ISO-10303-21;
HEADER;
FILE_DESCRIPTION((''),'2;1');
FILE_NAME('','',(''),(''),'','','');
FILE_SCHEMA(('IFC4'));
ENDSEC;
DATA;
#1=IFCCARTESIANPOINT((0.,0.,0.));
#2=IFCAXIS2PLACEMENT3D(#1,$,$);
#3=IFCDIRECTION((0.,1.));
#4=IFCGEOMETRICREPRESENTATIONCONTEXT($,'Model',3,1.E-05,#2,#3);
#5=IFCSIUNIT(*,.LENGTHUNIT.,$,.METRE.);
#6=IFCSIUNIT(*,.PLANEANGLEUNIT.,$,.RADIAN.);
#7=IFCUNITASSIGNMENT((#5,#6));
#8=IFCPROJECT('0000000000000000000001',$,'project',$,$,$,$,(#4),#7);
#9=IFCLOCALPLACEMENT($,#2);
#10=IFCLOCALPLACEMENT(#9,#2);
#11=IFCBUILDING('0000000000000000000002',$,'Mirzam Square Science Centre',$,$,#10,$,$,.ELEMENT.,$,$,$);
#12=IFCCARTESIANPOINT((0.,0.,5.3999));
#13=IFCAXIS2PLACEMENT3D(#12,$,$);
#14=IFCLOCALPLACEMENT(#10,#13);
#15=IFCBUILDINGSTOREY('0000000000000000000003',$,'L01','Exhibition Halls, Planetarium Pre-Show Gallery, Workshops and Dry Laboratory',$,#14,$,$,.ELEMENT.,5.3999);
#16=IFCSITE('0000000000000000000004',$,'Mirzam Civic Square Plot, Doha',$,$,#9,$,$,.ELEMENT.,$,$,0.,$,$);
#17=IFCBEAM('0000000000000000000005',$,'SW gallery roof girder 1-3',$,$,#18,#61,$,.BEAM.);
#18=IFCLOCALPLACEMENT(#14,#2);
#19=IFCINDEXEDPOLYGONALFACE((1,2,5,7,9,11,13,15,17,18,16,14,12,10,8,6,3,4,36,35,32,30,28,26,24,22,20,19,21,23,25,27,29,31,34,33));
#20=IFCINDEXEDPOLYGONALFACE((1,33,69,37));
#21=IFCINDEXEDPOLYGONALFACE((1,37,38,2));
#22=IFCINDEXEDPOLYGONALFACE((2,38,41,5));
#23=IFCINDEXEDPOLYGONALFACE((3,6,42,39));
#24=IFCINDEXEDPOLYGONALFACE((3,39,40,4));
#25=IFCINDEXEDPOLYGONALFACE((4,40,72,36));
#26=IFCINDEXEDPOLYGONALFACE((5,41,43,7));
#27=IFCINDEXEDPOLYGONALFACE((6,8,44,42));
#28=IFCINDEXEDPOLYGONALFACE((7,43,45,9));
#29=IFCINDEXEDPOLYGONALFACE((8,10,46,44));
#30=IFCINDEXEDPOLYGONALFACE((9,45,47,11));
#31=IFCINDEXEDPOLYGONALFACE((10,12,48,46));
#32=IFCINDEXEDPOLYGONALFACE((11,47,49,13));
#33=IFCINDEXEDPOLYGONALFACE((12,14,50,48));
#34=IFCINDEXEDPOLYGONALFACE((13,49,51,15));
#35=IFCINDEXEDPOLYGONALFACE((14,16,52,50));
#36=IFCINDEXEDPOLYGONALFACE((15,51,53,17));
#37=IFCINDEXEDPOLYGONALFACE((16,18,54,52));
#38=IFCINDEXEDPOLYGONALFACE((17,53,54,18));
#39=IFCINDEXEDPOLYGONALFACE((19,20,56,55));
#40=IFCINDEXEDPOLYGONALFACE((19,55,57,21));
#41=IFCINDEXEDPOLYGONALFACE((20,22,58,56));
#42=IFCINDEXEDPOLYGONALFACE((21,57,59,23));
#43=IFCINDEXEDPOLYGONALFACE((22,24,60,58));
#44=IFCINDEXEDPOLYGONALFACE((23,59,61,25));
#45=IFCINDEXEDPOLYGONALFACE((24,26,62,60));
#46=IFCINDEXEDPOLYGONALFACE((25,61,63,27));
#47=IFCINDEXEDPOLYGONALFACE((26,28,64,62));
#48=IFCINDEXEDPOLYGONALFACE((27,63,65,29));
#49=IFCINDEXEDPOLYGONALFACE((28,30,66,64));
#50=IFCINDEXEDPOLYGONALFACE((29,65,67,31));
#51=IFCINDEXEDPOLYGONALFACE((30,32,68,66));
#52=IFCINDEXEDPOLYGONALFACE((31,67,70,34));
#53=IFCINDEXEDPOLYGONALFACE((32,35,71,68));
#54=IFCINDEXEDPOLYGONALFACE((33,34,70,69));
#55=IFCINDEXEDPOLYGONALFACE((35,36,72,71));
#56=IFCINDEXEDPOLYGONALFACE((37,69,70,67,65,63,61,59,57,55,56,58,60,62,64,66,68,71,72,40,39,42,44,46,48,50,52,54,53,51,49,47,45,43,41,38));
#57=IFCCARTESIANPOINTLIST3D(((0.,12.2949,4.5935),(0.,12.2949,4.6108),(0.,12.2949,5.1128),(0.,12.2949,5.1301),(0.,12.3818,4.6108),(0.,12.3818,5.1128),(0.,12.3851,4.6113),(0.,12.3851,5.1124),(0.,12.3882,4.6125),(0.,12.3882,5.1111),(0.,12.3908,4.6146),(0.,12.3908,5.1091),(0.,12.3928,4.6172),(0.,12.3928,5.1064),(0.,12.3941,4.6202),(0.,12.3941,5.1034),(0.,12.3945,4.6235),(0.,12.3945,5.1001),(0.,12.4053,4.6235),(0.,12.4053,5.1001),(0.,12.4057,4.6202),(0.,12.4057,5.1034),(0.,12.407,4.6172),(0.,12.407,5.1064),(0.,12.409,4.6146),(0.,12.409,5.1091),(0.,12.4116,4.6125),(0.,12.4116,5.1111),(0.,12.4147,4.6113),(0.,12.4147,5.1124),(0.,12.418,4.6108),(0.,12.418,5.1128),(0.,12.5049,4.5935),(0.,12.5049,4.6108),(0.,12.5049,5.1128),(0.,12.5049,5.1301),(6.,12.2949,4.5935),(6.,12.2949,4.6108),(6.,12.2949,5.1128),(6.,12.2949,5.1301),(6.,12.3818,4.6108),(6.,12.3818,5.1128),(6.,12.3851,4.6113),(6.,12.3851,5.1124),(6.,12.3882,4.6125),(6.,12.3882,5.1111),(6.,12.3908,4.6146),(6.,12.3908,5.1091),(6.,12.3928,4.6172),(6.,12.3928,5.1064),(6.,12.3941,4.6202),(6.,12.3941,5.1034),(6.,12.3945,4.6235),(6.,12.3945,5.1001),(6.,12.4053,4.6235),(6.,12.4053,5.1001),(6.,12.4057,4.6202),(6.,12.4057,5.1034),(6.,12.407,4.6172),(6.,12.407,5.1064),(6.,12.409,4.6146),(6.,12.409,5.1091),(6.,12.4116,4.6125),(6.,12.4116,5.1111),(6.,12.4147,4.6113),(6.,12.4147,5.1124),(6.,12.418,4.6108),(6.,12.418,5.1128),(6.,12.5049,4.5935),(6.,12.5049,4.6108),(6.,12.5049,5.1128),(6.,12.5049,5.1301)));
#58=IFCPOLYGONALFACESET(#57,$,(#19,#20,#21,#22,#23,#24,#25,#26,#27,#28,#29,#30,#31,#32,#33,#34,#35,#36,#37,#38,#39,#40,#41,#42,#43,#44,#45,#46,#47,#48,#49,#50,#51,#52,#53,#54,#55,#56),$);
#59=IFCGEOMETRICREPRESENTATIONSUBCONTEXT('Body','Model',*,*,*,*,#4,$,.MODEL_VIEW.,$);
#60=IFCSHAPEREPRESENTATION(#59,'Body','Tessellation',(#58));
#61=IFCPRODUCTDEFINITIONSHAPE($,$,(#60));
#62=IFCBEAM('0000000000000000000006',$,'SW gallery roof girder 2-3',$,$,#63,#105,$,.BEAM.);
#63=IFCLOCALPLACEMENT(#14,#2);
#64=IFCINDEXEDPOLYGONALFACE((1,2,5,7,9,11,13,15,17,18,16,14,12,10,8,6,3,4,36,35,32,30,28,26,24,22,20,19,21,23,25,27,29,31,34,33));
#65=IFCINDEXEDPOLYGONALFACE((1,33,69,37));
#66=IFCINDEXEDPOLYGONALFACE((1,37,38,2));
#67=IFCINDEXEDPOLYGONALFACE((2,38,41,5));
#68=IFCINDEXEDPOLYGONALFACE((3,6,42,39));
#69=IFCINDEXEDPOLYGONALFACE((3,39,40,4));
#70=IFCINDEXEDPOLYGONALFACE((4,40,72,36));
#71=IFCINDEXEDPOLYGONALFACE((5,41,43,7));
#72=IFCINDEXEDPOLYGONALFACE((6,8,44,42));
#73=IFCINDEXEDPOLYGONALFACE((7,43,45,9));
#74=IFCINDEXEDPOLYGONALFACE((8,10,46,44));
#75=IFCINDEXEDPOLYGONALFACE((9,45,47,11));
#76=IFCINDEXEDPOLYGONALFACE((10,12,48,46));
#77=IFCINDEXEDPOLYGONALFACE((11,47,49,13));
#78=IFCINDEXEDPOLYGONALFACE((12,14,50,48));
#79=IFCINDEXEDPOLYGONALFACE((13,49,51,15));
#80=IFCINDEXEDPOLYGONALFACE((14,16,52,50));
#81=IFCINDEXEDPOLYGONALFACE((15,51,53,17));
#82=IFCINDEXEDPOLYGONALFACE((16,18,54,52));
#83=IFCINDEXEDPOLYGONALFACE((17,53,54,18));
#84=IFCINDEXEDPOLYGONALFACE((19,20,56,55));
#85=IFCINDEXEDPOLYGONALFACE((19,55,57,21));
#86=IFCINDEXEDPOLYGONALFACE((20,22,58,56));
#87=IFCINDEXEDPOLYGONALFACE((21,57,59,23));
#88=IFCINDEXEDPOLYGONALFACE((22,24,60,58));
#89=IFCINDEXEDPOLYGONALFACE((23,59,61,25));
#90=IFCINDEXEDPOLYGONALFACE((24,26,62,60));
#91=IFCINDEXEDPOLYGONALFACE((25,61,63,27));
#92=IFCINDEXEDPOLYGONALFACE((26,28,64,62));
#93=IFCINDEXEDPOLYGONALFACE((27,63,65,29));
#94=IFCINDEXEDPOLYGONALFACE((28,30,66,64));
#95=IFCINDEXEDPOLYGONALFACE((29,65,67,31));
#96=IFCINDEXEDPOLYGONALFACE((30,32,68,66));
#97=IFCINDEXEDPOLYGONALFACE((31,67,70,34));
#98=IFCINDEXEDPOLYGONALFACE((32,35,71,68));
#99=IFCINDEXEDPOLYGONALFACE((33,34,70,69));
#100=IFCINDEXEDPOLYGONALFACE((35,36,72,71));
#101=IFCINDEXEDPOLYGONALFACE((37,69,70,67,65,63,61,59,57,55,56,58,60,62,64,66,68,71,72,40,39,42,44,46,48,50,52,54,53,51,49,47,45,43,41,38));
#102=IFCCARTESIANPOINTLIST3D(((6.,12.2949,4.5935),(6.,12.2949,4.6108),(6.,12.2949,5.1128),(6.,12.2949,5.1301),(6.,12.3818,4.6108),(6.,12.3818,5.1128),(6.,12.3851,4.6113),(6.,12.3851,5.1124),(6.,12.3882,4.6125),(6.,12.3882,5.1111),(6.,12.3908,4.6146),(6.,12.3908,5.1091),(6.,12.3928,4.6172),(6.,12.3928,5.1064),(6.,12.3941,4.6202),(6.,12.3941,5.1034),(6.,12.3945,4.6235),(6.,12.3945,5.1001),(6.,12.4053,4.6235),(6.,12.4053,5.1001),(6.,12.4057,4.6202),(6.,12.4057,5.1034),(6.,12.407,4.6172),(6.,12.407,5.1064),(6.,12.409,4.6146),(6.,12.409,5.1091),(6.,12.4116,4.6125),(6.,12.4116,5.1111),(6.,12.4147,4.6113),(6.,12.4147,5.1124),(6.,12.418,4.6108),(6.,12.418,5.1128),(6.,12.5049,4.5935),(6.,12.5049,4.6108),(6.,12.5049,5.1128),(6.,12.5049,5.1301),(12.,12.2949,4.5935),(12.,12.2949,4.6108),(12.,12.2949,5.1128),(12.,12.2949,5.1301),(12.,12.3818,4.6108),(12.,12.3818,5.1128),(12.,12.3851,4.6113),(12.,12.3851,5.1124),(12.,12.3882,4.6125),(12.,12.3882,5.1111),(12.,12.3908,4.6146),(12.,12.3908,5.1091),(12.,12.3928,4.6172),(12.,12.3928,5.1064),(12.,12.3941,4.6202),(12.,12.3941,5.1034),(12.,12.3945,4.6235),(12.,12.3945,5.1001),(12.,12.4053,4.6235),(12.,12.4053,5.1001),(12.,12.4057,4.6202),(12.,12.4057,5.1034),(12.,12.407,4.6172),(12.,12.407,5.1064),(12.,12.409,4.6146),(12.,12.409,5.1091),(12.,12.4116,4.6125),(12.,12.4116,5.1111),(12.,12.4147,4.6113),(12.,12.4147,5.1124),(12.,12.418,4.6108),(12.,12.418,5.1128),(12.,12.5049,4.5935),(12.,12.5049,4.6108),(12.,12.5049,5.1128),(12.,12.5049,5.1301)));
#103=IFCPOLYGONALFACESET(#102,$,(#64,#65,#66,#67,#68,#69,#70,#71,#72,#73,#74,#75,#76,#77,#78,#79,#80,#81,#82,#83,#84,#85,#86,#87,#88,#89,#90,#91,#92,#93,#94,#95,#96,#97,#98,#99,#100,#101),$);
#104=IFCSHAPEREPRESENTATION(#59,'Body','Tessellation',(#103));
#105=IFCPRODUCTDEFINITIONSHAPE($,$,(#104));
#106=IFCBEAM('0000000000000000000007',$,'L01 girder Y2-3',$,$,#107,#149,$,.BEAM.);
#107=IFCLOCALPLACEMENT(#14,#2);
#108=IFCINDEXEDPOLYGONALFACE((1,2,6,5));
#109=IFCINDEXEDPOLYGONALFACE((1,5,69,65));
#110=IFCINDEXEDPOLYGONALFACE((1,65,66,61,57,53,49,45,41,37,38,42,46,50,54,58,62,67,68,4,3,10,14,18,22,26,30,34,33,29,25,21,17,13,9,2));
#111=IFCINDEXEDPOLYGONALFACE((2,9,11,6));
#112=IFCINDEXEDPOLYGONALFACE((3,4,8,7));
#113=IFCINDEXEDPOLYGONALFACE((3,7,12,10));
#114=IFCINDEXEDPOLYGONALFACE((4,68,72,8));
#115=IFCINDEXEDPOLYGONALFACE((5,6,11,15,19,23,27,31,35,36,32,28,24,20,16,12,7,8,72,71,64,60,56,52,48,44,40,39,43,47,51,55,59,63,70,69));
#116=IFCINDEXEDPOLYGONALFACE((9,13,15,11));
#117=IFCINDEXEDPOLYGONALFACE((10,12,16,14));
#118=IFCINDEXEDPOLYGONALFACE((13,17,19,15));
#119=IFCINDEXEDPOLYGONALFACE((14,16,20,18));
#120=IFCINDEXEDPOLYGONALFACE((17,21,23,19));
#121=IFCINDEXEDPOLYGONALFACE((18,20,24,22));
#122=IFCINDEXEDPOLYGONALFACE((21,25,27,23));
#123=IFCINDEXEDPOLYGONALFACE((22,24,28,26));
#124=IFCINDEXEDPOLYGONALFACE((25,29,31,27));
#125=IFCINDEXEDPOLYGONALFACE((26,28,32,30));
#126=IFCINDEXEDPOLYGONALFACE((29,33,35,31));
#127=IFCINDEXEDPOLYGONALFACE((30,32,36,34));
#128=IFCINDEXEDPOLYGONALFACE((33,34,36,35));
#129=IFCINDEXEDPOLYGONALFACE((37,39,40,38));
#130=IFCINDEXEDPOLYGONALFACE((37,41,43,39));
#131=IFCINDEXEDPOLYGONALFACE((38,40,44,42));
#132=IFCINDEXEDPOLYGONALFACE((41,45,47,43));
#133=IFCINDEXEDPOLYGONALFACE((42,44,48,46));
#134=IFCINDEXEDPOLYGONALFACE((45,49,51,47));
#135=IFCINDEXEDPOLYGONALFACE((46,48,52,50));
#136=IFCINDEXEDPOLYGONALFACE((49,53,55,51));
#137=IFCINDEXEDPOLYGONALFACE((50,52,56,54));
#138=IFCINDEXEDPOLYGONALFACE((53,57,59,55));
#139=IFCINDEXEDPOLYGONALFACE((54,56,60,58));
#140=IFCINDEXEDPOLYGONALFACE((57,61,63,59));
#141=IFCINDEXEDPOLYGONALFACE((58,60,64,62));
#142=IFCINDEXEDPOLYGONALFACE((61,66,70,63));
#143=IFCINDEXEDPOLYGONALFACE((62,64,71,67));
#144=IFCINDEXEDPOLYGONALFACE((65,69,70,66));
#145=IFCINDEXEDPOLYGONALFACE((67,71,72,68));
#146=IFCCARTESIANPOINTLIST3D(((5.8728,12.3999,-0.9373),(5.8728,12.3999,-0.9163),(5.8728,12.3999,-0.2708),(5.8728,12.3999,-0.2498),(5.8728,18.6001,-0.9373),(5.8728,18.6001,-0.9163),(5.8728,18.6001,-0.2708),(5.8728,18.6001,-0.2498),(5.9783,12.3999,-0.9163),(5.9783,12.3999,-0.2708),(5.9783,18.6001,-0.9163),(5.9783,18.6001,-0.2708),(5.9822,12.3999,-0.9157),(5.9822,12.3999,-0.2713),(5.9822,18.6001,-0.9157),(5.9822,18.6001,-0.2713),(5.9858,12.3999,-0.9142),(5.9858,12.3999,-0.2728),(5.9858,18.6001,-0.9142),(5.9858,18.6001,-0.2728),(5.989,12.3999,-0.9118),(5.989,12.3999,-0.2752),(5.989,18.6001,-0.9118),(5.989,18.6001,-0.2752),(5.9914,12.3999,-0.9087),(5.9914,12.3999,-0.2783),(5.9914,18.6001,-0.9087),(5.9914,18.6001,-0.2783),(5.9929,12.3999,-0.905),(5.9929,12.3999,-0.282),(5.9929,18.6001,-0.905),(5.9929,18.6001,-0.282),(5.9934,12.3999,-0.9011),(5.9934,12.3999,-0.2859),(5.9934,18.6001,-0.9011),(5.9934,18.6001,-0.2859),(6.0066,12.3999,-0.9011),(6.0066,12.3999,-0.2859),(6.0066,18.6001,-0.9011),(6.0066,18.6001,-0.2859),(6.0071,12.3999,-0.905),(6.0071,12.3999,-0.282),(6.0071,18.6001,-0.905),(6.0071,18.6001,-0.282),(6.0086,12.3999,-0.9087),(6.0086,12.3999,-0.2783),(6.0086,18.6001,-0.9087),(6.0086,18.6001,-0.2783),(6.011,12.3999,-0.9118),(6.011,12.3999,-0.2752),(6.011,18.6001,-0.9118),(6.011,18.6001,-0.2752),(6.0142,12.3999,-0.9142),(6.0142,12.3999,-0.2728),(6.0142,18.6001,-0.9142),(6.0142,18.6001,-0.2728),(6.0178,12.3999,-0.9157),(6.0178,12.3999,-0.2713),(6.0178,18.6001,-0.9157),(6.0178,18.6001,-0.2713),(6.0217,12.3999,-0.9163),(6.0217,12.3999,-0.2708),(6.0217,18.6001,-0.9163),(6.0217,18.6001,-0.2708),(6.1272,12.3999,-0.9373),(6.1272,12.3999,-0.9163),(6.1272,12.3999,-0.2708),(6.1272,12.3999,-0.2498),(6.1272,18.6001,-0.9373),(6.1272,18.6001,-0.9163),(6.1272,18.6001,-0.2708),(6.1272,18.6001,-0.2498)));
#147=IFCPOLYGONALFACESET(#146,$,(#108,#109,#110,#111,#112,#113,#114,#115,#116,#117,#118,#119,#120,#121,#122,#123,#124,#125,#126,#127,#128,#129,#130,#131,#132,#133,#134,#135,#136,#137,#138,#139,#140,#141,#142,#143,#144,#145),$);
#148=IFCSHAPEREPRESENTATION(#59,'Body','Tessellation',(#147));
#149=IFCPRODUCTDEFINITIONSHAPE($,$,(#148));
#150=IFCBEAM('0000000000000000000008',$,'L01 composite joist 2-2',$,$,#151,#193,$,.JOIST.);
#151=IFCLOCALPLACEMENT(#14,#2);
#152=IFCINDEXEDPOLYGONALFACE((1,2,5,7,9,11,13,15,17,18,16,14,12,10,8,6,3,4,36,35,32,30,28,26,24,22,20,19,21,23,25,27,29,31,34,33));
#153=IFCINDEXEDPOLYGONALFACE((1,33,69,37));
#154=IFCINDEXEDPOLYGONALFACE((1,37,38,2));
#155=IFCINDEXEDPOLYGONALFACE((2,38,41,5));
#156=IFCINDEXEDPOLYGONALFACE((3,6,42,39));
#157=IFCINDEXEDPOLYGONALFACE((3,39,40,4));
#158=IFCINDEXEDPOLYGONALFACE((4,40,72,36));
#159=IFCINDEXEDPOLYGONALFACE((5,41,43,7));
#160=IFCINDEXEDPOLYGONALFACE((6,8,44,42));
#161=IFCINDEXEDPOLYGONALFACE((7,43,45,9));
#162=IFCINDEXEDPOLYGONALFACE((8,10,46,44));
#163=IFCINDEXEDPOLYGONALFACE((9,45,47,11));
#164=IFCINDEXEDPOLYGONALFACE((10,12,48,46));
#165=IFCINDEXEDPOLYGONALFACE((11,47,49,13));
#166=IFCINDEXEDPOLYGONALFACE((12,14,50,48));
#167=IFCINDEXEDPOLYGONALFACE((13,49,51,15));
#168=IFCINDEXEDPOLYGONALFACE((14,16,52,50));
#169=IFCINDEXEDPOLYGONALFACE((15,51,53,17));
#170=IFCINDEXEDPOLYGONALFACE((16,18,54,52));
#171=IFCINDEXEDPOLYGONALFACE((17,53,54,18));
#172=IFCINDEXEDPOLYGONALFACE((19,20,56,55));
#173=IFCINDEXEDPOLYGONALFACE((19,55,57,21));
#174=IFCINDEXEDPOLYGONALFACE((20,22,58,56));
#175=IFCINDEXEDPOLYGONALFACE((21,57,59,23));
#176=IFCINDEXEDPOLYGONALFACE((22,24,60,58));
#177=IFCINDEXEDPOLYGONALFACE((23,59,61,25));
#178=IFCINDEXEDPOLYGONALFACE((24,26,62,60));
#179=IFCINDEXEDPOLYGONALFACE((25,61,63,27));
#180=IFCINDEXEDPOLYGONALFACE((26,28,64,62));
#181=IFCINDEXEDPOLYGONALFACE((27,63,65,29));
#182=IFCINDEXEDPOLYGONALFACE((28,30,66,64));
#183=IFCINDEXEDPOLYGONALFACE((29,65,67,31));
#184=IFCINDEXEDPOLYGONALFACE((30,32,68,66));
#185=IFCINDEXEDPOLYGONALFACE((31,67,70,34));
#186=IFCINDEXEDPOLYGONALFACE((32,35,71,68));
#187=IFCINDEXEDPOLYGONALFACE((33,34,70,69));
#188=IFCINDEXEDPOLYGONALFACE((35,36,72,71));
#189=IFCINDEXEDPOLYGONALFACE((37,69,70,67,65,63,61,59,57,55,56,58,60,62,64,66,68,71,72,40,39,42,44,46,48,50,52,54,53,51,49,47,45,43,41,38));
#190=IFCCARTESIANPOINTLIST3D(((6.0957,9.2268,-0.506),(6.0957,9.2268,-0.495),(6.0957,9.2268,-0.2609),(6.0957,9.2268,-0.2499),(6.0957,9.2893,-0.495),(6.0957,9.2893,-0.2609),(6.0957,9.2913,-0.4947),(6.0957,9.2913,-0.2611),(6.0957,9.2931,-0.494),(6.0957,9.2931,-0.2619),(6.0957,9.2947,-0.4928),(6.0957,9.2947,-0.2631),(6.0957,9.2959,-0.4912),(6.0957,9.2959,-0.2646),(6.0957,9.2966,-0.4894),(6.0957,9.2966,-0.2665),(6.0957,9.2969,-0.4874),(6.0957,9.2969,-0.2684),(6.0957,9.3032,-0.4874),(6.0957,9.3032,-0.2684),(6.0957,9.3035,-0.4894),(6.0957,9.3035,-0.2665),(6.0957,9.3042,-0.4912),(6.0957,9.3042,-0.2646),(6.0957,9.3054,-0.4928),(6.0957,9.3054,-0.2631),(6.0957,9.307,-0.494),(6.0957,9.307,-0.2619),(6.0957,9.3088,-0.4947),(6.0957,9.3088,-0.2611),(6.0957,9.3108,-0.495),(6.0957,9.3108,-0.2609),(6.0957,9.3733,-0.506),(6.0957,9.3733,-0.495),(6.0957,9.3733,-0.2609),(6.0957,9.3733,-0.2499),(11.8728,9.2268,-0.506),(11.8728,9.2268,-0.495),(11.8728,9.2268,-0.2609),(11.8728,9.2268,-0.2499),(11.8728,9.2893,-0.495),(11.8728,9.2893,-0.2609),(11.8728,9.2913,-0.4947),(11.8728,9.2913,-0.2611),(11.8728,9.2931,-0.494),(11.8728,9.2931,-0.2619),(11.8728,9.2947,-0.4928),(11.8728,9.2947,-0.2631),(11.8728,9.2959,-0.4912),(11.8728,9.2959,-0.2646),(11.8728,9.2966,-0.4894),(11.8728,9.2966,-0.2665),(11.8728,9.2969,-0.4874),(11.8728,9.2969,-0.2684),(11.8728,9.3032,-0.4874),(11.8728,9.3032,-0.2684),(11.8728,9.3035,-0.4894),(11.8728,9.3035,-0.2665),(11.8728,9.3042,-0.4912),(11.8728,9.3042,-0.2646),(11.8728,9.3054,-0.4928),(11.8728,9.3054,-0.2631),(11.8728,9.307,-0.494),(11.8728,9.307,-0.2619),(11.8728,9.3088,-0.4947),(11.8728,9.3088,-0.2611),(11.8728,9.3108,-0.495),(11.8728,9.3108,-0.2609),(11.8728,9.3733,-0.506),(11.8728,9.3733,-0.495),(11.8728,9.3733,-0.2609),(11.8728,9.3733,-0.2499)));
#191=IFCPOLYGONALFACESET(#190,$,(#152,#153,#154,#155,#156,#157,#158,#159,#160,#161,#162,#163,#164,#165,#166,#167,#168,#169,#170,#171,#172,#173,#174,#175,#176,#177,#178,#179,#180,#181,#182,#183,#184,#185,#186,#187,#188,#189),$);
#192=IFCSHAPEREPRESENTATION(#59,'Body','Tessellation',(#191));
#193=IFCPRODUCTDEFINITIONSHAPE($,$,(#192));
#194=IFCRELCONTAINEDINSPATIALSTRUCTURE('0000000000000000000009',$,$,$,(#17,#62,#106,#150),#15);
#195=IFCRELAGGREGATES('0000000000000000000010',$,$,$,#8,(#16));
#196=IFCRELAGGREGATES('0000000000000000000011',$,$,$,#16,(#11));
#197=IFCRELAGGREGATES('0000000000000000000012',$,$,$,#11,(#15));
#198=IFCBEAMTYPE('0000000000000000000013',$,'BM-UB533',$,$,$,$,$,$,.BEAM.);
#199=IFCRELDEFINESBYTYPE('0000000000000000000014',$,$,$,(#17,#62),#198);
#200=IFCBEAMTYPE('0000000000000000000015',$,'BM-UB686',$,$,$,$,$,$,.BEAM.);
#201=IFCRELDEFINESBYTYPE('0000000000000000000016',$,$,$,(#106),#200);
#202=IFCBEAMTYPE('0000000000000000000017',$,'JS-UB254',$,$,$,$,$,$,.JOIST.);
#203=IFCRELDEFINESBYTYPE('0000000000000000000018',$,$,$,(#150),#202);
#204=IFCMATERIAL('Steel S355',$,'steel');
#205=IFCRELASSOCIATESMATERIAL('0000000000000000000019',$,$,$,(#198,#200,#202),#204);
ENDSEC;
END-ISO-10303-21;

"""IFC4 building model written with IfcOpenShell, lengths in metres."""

from ifc_helpers import new_model, si_unit, direction, frame, origin, origin_2d, place, context, subcontext, project, spatial, i_section, extrude, material, material_profile, profile_set, type_object, element, save


model = new_model("IFC4")

# Units and contexts
model_context = context("Model", 3, precision=1e-05, world=origin(), true_north=direction((0.0, 1.0)))
body_context = subcontext(model_context, "Body", "Model", "MODEL_VIEW")
ifc_project = project(units=[si_unit("LENGTHUNIT", "METRE"), si_unit("PLANEANGLEUNIT", "RADIAN")], contexts=[model_context])

# Site, building, storey
site_placement = place(None, origin())
site = spatial("IfcSite", under=ifc_project, at=site_placement, Name="Mirzam Civic Square Plot, Doha", CompositionType="ELEMENT", RefElevation=0.0)
building_placement = place(site_placement, origin())
building = spatial("IfcBuilding", under=site, at=building_placement, Name="Mirzam Square Science Centre", CompositionType="ELEMENT")
storey_placement = place(building_placement, frame((0.0, 0.0, 5.3999)))
storey = spatial("IfcBuildingStorey", under=building, at=storey_placement, Name="L01", Description="Exhibition Halls, Planetarium Pre-Show Gallery, Workshops and Dry Laboratory", CompositionType="ELEMENT", Elevation=5.3999)

# Shared definitions
ifc_material_1 = material(Name="Steel S355", Category="steel")

# Beams
ifc_material_profile_1 = material_profile(ifc_material_1, i_section(OverallWidth=0.21, OverallDepth=0.5366, WebThickness=0.0107, FlangeThickness=0.0173, FilletRadius=0.0127, at=origin_2d()), Name="533x210x101UB")
ifc_profile_set_1 = profile_set([ifc_material_profile_1], Name="Steel S355")
beam_type_1 = type_object("IfcBeamType", Name="BM-UB533", PredefinedType="BEAM", material=ifc_profile_set_1)
for number, where, z_axis, x_axis, name in (
    (1, (0.0, 12.3999, 4.8618), (1.0, 0.0, 0.0), (0.0, 1.0, 0.0), "SW gallery roof girder 1-3"),
    (2, (6.0, 12.3999, 4.8618), (1.0, 0.0, 0.0), (0.0, 1.0, 0.0), "SW gallery roof girder 2-3"),
):
    element("IfcBeam", number, at=place(storey_placement, frame(where, z_axis=z_axis, x_axis=x_axis)), inside=storey, type_object=beam_type_1, Name=name, PredefinedType="BEAM", context=body_context, shape_type="SweptSolid", body=[
        extrude(i_section(OverallWidth=0.21, OverallDepth=0.5366, WebThickness=0.0107, FlangeThickness=0.0173, FilletRadius=0.0127, at=origin_2d()), origin(), (0.0, 0.0, 1.0), 6.0),
    ])
ifc_material_profile_2 = material_profile(ifc_material_1, i_section(OverallWidth=0.2544, OverallDepth=0.6875, WebThickness=0.0132, FlangeThickness=0.021, FilletRadius=0.0151, at=origin_2d()), Name="686x254x152UB")
ifc_profile_set_2 = profile_set([ifc_material_profile_2], Name="Steel S355")
beam_type_2 = type_object("IfcBeamType", Name="BM-UB686", PredefinedType="BEAM", material=ifc_profile_set_2)
beam_1_placement = place(storey_placement, frame((6.0, 12.3999, -0.5935), z_axis=(0.0, 1.0, 0.0), x_axis=(-1.0, 0.0, 0.0)))
element("IfcBeam", 3, at=beam_1_placement, inside=storey, type_object=beam_type_2, Name="L01 girder Y2-3", PredefinedType="BEAM", context=body_context, shape_type="SweptSolid", body=[
    extrude(i_section(OverallWidth=0.2544, OverallDepth=0.6875, WebThickness=0.0132, FlangeThickness=0.021, FilletRadius=0.0151, at=origin_2d()), origin(), (0.0, 0.0, 1.0), 6.2002),
])
ifc_material_profile_3 = material_profile(ifc_material_1, i_section(OverallWidth=0.1465, OverallDepth=0.2561, WebThickness=0.0063, FlangeThickness=0.011, FilletRadius=0.0076, at=origin_2d()), Name="254x146x37UB")
ifc_profile_set_3 = profile_set([ifc_material_profile_3], Name="Steel S355")
beam_type_3 = type_object("IfcBeamType", Name="JS-UB254", PredefinedType="JOIST", material=ifc_profile_set_3)
beam_2_placement = place(storey_placement, frame((6.0957, 9.3, -0.3779), z_axis=(1.0, 0.0, 0.0), x_axis=(0.0, 1.0, 0.0)))
element("IfcBeam", 4, at=beam_2_placement, inside=storey, type_object=beam_type_3, Name="L01 composite joist 2-2", PredefinedType="JOIST", context=body_context, shape_type="SweptSolid", body=[
    extrude(i_section(OverallWidth=0.1465, OverallDepth=0.2561, WebThickness=0.0063, FlangeThickness=0.011, FilletRadius=0.0076, at=origin_2d()), origin(), (0.0, 0.0, 1.0), 5.7771),
])

save(model, "model.ifc")
